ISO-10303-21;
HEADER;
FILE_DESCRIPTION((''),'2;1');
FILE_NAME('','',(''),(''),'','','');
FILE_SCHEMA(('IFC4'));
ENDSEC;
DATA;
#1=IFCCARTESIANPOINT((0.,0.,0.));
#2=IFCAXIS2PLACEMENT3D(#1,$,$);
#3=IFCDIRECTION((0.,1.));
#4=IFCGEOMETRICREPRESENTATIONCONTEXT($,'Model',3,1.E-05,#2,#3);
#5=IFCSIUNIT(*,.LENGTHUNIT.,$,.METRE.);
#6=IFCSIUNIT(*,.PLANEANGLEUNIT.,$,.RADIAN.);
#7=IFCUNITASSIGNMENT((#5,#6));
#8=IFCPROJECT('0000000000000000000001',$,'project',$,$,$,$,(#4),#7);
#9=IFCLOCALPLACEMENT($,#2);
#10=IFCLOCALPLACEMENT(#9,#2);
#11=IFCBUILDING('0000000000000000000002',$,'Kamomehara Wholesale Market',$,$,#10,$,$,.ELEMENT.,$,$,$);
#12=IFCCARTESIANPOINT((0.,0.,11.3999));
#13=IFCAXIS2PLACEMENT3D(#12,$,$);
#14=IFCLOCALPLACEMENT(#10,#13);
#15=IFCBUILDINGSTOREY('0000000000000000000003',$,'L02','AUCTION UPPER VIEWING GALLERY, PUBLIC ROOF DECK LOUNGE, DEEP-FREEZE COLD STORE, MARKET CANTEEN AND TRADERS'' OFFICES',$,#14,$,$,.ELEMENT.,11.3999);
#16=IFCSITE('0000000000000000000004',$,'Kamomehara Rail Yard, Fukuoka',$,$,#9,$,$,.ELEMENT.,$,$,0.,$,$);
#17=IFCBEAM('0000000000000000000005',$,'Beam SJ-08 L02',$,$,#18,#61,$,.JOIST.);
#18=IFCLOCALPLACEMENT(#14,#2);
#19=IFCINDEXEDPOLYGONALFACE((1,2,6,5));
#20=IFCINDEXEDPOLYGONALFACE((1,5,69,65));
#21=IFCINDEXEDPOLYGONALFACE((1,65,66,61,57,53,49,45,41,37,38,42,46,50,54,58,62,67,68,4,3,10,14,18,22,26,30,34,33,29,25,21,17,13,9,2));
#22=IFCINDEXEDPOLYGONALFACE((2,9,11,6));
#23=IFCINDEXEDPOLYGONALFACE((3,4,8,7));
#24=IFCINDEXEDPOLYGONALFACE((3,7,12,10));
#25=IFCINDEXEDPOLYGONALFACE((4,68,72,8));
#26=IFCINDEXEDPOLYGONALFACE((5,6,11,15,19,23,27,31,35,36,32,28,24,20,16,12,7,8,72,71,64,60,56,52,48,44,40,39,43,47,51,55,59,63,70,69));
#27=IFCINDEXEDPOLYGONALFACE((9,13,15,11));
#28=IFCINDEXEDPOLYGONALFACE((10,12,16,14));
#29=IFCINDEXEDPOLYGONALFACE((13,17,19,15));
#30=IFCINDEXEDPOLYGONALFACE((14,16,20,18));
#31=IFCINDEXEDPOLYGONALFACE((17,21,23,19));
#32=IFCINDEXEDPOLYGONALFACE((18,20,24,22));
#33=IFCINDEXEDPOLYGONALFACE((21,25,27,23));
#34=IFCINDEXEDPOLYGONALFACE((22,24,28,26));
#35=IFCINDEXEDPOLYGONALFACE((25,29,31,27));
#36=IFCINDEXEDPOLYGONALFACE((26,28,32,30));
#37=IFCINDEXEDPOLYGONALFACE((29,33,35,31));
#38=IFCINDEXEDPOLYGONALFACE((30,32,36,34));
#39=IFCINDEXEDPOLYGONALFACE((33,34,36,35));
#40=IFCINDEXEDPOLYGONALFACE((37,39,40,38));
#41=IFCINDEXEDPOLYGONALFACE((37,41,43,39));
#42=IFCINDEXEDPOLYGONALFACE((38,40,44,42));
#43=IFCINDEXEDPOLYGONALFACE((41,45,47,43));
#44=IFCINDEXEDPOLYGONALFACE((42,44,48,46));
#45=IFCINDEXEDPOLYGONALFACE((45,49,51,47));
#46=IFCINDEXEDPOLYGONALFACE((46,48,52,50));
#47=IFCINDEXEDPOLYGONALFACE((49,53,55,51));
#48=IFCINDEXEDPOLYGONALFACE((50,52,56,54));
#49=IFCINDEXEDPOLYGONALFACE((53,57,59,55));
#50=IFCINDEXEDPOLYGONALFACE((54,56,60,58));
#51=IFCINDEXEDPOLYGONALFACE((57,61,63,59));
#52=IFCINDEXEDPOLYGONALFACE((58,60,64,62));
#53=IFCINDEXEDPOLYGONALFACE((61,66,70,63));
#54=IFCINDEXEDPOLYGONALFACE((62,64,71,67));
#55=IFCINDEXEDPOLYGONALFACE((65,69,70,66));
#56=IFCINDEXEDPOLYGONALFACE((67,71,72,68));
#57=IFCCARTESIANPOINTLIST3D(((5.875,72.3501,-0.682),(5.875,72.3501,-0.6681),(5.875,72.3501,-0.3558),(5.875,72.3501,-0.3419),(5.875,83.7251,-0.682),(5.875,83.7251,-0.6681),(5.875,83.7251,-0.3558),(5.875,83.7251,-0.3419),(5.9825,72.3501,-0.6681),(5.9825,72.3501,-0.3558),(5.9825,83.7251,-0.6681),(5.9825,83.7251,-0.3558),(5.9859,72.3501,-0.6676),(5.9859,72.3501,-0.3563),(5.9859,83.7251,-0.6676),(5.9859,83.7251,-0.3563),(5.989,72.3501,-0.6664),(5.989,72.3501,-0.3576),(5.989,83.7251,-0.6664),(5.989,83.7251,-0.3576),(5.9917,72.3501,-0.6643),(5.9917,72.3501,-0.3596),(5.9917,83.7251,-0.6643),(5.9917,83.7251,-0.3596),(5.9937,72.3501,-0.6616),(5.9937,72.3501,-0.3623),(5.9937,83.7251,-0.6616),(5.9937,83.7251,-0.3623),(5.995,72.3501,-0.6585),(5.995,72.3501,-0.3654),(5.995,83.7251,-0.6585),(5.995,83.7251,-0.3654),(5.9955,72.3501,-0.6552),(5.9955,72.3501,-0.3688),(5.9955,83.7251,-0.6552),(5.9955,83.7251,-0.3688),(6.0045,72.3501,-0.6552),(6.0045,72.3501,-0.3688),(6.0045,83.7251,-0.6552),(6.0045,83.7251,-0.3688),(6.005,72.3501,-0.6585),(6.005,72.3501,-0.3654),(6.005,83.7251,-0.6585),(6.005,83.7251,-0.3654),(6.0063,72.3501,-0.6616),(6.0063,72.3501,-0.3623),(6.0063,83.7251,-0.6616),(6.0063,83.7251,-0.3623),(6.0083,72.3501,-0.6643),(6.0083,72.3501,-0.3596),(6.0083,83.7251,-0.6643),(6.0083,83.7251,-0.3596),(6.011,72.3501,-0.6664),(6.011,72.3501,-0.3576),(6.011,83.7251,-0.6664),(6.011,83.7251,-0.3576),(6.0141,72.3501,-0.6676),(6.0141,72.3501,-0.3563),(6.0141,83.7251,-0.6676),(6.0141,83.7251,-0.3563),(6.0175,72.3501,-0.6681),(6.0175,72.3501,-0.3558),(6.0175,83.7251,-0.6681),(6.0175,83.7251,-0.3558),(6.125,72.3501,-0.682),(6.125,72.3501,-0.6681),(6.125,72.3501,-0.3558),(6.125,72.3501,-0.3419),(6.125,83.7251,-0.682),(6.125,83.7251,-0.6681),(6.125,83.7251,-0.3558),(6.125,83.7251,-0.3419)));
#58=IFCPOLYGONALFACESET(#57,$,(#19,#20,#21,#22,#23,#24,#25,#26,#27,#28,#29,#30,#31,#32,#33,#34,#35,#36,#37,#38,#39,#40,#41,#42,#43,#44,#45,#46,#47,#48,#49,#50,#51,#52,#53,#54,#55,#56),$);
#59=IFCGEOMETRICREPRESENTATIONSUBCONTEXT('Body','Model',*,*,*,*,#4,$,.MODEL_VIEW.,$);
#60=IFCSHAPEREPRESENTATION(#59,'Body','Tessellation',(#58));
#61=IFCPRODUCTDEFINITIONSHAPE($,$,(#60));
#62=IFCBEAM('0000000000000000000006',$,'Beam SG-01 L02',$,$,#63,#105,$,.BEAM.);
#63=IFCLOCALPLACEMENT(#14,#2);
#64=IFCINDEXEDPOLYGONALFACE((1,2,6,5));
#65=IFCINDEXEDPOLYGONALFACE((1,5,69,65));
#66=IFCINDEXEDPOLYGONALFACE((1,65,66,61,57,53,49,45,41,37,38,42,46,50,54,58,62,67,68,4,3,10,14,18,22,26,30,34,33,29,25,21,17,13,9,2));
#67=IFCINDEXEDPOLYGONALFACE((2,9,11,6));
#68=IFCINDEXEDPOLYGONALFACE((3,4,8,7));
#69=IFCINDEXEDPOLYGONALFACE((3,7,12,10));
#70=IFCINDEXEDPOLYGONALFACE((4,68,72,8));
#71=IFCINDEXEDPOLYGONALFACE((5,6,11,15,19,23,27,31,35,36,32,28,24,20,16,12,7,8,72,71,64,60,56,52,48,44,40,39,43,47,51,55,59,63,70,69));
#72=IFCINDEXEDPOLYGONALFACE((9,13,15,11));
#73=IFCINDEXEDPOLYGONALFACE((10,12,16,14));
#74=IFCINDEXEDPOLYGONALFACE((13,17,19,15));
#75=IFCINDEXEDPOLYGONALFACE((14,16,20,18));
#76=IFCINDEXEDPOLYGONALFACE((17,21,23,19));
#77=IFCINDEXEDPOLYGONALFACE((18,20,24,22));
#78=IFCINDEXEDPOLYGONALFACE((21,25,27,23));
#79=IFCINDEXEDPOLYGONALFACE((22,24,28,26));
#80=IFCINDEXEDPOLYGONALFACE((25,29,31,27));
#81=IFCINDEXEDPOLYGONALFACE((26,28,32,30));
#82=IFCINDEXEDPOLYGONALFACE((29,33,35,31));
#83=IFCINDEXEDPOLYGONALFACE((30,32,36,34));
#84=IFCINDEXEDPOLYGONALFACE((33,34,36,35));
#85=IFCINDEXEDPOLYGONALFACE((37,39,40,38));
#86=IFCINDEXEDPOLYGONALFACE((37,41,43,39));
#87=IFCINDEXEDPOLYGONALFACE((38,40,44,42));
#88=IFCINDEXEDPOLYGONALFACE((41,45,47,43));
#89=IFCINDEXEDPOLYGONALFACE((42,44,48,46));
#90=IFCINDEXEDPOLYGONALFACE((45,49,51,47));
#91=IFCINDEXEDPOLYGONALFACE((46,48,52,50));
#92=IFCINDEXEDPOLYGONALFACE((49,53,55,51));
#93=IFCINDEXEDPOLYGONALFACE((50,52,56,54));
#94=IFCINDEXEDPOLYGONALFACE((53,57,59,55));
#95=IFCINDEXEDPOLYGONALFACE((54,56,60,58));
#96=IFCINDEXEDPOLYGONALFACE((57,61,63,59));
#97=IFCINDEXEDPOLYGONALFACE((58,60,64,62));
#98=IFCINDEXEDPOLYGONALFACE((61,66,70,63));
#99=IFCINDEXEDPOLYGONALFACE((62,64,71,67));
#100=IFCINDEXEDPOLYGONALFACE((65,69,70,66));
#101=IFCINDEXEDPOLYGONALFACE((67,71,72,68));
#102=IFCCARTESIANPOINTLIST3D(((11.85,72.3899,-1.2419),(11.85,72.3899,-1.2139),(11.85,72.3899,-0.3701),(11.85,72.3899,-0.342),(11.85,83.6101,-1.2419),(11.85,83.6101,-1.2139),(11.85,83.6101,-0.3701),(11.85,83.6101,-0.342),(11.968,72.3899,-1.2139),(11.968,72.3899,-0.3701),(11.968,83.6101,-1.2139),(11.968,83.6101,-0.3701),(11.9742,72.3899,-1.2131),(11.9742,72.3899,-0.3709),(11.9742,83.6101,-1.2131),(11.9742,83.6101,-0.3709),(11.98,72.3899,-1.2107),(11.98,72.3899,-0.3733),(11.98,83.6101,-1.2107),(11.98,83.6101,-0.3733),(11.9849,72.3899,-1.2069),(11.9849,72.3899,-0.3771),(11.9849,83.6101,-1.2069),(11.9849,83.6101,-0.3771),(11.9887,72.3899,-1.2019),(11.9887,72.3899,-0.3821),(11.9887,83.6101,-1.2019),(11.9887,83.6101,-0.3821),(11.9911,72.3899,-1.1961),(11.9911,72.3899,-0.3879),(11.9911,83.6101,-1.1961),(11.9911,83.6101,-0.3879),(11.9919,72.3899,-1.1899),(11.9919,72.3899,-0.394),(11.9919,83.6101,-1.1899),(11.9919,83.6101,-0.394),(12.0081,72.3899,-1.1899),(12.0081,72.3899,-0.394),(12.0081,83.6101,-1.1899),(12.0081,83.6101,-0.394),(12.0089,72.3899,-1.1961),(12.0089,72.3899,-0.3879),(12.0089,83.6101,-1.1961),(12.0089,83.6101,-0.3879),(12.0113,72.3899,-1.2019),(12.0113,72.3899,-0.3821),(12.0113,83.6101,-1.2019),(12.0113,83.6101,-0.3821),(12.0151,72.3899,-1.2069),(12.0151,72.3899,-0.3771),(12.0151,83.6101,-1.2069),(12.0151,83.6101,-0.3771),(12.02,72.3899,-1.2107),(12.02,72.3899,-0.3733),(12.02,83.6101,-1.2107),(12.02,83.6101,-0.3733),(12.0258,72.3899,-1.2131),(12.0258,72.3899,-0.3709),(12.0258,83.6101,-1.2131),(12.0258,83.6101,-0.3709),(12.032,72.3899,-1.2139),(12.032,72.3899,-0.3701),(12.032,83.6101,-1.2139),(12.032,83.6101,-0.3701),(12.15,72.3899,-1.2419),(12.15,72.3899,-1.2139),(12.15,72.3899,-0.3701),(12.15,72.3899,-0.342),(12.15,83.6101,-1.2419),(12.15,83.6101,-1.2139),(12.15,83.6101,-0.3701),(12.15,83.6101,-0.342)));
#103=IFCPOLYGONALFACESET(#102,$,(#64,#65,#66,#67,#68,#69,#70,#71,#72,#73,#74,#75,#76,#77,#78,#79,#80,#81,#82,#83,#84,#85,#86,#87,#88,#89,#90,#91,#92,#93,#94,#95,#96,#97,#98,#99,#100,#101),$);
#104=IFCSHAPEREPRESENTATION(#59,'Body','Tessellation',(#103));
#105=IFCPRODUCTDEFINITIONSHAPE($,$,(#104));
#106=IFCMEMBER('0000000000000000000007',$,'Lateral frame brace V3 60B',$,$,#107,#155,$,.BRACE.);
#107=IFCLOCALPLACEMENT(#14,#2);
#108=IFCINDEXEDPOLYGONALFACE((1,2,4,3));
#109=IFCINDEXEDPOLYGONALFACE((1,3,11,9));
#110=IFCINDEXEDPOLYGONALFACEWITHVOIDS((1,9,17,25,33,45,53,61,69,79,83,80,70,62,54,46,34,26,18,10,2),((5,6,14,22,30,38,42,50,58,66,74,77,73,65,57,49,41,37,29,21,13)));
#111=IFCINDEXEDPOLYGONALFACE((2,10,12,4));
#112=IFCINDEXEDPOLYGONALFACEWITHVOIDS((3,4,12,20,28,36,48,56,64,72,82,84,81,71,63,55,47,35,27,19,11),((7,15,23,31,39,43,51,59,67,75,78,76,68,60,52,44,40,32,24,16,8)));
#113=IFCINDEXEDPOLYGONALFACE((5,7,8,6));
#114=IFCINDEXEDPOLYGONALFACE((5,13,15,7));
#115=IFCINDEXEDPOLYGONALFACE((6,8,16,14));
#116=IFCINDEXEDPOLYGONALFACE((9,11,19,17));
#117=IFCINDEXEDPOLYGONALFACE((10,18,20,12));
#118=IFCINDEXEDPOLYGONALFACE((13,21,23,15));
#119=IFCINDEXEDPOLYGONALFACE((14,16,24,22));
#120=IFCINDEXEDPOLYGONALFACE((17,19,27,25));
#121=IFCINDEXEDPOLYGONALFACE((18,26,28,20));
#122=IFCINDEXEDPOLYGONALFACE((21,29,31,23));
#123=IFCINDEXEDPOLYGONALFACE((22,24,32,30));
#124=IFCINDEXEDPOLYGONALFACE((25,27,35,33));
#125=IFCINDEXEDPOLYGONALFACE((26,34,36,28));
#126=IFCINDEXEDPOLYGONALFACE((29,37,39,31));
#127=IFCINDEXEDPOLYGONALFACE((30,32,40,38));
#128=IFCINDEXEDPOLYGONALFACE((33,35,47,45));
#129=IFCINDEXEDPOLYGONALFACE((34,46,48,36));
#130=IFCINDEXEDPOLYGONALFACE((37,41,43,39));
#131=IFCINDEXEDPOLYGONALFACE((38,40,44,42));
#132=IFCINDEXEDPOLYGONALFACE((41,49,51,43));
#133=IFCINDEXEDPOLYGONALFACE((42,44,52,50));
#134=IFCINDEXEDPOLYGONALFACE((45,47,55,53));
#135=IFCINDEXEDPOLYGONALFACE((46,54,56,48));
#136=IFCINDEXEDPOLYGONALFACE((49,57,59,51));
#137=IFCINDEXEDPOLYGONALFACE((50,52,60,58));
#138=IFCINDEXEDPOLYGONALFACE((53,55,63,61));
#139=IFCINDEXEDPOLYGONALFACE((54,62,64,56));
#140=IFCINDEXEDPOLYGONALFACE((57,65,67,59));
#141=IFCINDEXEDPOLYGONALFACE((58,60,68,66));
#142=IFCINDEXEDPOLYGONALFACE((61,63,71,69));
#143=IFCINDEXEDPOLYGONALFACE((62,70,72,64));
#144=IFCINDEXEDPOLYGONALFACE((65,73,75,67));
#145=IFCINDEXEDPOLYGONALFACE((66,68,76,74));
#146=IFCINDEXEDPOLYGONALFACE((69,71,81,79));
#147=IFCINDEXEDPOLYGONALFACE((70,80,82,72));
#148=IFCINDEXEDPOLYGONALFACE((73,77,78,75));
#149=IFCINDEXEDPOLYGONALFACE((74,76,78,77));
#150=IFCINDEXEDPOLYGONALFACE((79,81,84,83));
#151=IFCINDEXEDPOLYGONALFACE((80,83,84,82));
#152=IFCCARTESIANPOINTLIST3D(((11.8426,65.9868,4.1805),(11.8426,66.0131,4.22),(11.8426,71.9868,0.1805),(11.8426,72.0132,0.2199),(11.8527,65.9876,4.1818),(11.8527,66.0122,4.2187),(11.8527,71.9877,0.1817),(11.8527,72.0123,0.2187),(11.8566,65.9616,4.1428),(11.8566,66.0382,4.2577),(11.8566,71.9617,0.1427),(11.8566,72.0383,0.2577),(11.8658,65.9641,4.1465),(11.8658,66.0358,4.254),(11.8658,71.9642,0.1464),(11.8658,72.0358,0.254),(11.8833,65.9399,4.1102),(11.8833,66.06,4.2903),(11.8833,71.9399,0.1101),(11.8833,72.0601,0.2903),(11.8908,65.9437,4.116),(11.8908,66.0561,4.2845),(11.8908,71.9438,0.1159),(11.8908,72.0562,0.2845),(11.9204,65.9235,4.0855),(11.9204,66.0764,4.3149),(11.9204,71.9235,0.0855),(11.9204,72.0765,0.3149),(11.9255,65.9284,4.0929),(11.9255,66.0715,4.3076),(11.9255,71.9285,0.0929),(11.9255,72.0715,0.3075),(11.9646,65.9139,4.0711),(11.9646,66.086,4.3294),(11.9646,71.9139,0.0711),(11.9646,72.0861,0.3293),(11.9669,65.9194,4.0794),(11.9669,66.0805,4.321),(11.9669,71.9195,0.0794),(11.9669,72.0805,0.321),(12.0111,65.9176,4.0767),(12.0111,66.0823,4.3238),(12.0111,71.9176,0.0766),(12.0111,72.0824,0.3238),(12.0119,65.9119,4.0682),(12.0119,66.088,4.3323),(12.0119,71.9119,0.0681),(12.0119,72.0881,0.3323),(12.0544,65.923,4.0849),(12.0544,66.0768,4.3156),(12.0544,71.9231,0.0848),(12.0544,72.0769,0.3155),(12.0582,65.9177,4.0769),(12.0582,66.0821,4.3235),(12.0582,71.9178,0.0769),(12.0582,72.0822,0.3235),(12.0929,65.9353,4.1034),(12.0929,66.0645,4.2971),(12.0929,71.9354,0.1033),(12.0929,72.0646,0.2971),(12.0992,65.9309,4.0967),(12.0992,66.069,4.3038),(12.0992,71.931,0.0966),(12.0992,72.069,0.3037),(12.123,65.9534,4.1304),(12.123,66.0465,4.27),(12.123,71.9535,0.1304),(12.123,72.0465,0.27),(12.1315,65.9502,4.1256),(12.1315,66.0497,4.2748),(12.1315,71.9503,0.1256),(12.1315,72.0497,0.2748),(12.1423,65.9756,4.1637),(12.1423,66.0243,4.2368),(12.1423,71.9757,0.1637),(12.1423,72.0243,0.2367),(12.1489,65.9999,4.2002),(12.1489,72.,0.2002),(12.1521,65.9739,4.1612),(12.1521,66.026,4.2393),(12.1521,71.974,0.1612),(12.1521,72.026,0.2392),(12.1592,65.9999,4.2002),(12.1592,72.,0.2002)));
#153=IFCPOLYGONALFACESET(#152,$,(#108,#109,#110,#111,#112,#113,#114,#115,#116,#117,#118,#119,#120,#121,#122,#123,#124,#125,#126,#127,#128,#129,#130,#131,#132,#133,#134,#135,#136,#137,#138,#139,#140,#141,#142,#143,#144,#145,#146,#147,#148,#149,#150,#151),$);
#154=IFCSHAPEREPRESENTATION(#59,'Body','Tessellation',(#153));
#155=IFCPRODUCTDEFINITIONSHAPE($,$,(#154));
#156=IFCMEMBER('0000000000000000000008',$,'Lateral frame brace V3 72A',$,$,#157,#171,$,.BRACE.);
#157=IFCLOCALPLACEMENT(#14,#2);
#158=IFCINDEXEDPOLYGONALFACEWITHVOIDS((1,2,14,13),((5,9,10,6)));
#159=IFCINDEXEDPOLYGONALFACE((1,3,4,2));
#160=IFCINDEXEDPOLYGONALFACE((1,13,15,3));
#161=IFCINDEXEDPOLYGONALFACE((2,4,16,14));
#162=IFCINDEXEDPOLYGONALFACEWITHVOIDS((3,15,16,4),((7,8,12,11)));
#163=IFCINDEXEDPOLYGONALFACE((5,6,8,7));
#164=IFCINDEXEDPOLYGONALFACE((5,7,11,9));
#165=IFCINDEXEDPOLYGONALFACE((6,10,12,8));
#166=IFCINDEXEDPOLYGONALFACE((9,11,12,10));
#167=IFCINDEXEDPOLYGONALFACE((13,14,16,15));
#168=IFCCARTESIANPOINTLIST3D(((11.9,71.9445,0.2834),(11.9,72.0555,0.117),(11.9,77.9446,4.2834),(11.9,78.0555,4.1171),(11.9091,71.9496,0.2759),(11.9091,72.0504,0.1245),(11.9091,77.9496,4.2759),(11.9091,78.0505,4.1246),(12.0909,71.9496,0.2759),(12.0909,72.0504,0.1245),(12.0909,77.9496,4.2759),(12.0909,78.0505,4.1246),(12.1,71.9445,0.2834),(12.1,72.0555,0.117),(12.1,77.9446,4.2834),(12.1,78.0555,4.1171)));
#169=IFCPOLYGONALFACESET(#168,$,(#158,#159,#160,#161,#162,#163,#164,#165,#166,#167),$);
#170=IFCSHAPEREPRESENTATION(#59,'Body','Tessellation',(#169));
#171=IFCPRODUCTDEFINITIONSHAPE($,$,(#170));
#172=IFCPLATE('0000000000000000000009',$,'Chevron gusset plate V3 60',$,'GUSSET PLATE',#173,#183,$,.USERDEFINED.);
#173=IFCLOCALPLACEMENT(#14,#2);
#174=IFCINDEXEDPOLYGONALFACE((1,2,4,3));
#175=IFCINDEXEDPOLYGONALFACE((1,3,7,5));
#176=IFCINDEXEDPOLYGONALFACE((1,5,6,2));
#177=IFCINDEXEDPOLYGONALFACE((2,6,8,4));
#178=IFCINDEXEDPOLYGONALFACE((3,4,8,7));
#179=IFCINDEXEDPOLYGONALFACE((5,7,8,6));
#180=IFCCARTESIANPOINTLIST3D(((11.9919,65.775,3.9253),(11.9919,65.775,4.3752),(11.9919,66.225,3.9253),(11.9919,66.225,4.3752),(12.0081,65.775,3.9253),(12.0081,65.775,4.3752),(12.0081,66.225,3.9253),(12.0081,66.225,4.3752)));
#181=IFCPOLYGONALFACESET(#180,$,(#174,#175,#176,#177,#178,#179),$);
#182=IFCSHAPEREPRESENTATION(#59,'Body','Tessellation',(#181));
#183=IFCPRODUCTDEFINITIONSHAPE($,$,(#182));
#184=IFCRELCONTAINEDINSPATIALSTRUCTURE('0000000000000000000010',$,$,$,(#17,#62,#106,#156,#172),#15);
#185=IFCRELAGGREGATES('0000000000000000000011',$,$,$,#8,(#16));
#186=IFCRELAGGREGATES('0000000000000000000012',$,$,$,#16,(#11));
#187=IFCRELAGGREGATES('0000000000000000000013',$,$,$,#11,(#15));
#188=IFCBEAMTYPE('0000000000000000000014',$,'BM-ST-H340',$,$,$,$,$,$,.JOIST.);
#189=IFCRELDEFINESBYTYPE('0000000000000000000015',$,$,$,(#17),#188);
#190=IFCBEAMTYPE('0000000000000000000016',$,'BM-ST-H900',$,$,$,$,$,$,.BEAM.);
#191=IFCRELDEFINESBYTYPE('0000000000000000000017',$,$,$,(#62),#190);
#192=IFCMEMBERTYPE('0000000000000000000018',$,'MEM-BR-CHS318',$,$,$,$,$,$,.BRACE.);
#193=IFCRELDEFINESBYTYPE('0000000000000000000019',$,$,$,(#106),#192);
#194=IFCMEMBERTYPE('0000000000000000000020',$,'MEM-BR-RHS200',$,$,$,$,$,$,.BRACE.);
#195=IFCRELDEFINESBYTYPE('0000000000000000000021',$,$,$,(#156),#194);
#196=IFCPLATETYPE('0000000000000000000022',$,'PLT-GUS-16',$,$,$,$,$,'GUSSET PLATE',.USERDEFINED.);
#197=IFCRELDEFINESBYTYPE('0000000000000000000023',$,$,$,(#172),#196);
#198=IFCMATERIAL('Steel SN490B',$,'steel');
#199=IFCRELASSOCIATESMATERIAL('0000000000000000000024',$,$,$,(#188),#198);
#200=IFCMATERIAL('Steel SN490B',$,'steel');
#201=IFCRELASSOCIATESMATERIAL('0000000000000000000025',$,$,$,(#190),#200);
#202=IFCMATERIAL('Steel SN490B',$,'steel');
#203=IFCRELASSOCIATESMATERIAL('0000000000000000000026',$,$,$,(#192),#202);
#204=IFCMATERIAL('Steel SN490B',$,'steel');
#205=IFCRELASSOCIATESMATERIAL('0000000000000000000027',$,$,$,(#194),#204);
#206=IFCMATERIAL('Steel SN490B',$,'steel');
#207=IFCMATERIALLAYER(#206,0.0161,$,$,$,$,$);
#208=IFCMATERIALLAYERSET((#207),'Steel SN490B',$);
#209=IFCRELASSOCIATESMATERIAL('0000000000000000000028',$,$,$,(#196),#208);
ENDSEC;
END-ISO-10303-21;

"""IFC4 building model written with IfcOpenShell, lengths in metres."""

from ifc_helpers import new_model, si_unit, direction, frame, origin, origin_2d, place, context, subcontext, project, spatial, rectangle, hollow_rectangle, hollow_circle, i_section, extrude, material, layer, layer_set, material_profile, profile_set, type_object, element, save


model = new_model("IFC4")

# Units and contexts
model_context = context("Model", 3, precision=1e-05, world=origin(), true_north=direction((0.0, 1.0)))
body_context = subcontext(model_context, "Body", "Model", "MODEL_VIEW")
ifc_project = project(units=[si_unit("LENGTHUNIT", "METRE"), si_unit("PLANEANGLEUNIT", "RADIAN")], contexts=[model_context])

# Site, building, storey
site_placement = place(None, origin())
site = spatial("IfcSite", under=ifc_project, at=site_placement, Name="Kamomehara Rail Yard, Fukuoka", CompositionType="ELEMENT", RefElevation=0.0)
building_placement = place(site_placement, origin())
building = spatial("IfcBuilding", under=site, at=building_placement, Name="Kamomehara Wholesale Market", CompositionType="ELEMENT")
storey_placement = place(building_placement, frame((0.0, 0.0, 11.3999)))
storey = spatial("IfcBuildingStorey", under=building, at=storey_placement, Name="L02", Description="AUCTION UPPER VIEWING GALLERY, PUBLIC ROOF DECK LOUNGE, DEEP-FREEZE COLD STORE, MARKET CANTEEN AND TRADERS' OFFICES", CompositionType="ELEMENT", Elevation=11.3999)

# Beams
ifc_material_1 = material(Name="Steel SN490B", Category="steel")
ifc_material_profile_1 = material_profile(ifc_material_1, i_section(OverallWidth=0.25, OverallDepth=0.3401, WebThickness=0.009, FlangeThickness=0.0139, FilletRadius=0.0129, at=origin_2d()), Name="H-340x250x9x14")
ifc_profile_set_1 = profile_set([ifc_material_profile_1], Name="Steel SN490B")
beam_type_1 = type_object("IfcBeamType", Name="BM-ST-H340", PredefinedType="JOIST", material=ifc_profile_set_1)
beam_1_placement = place(storey_placement, frame((6.0, 72.3501, -0.512), z_axis=(0.0, 1.0, 0.0), x_axis=(-1.0, 0.0, 0.0)))
element("IfcBeam", 1, at=beam_1_placement, inside=storey, type_object=beam_type_1, Name="Beam SJ-08 L02", PredefinedType="JOIST", context=body_context, shape_type="SweptSolid", body=[
    extrude(i_section(OverallWidth=0.25, OverallDepth=0.3401, WebThickness=0.009, FlangeThickness=0.0139, FilletRadius=0.0129, at=origin_2d()), origin(), (0.0, 0.0, 1.0), 11.375),
])
ifc_material_2 = material(Name="Steel SN490B", Category="steel")
ifc_material_profile_2 = material_profile(ifc_material_2, i_section(OverallWidth=0.3, OverallDepth=0.8999, WebThickness=0.0161, FlangeThickness=0.0281, FilletRadius=0.0239, at=origin_2d()), Name="H-900x300x16x28")
ifc_profile_set_2 = profile_set([ifc_material_profile_2], Name="Steel SN490B")
beam_type_2 = type_object("IfcBeamType", Name="BM-ST-H900", PredefinedType="BEAM", material=ifc_profile_set_2)
beam_2_placement = place(storey_placement, frame((12.0, 72.3899, -0.792), z_axis=(0.0, 1.0, 0.0), x_axis=(-1.0, 0.0, 0.0)))
element("IfcBeam", 2, at=beam_2_placement, inside=storey, type_object=beam_type_2, Name="Beam SG-01 L02", PredefinedType="BEAM", context=body_context, shape_type="SweptSolid", body=[
    extrude(i_section(OverallWidth=0.3, OverallDepth=0.8999, WebThickness=0.0161, FlangeThickness=0.0281, FilletRadius=0.0239, at=origin_2d()), origin(), (0.0, 0.0, 1.0), 11.2202),
])

# Members
ifc_material_3 = material(Name="Steel SN490B", Category="steel")
ifc_material_profile_3 = material_profile(ifc_material_3, hollow_circle(Radius=0.1592, WallThickness=0.0103, at=origin_2d()), Name="CHS-318.5x10.3")
ifc_profile_set_3 = profile_set([ifc_material_profile_3], Name="Steel SN490B")
member_type_1 = type_object("IfcMemberType", Name="MEM-BR-CHS318", PredefinedType="BRACE", material=ifc_profile_set_3)
member_1_placement = place(storey_placement, frame((12.0, 72.0, 0.2002), z_axis=(0.0, -0.83205, 0.5547), x_axis=(1.0, 0.0, 0.0)))
element("IfcMember", 3, at=member_1_placement, inside=storey, type_object=member_type_1, Name="Lateral frame brace V3 60B", PredefinedType="BRACE", context=body_context, shape_type="SweptSolid", body=[
    extrude(hollow_circle(Radius=0.1592, WallThickness=0.0103, at=origin_2d()), origin(), (0.0, 0.0, 1.0), 7.2112),
])
ifc_material_4 = material(Name="Steel SN490B", Category="steel")
ifc_material_profile_4 = material_profile(ifc_material_4, hollow_rectangle(XDim=0.2, YDim=0.2, WallThickness=0.009, at=origin_2d()), Name="RHS-200x200x9")
ifc_profile_set_4 = profile_set([ifc_material_profile_4], Name="Steel SN490B")
member_type_2 = type_object("IfcMemberType", Name="MEM-BR-RHS200", PredefinedType="BRACE", material=ifc_profile_set_4)
member_2_placement = place(storey_placement, frame((12.0, 72.0, 0.2002), z_axis=(0.0, 0.83205, 0.5547), x_axis=(-1.0, 0.0, 0.0)))
element("IfcMember", 4, at=member_2_placement, inside=storey, type_object=member_type_2, Name="Lateral frame brace V3 72A", PredefinedType="BRACE", context=body_context, shape_type="SweptSolid", body=[
    extrude(hollow_rectangle(XDim=0.2, YDim=0.2, WallThickness=0.009, at=origin_2d()), origin(), (0.0, 0.0, 1.0), 7.2112),
])

# Plate
ifc_material_5 = material(Name="Steel SN490B", Category="steel")
ifc_layer_1 = layer(ifc_material_5, 0.0161)
ifc_layer_set_1 = layer_set([ifc_layer_1], Name="Steel SN490B")
plate_type = type_object("IfcPlateType", Name="PLT-GUS-16", ElementType="GUSSET PLATE", PredefinedType="USERDEFINED", material=ifc_layer_set_1)
for number, where, z_axis, x_axis, name in (
    (5, (12.0, 66.0, 3.9253), (0.0, 0.0, 1.0), (1.0, 0.0, 0.0), "Chevron gusset plate V3 60"),
):
    element("IfcPlate", number, at=place(storey_placement, frame(where, z_axis=z_axis, x_axis=x_axis)), inside=storey, type_object=plate_type, Name=name, ObjectType="GUSSET PLATE", PredefinedType="USERDEFINED", context=body_context, shape_type="SweptSolid", body=[
        extrude(rectangle(XDim=0.0161, YDim=0.45, at=origin_2d()), origin(), (0.0, 0.0, 1.0), 0.45),
    ])

save(model, "model.ifc")
